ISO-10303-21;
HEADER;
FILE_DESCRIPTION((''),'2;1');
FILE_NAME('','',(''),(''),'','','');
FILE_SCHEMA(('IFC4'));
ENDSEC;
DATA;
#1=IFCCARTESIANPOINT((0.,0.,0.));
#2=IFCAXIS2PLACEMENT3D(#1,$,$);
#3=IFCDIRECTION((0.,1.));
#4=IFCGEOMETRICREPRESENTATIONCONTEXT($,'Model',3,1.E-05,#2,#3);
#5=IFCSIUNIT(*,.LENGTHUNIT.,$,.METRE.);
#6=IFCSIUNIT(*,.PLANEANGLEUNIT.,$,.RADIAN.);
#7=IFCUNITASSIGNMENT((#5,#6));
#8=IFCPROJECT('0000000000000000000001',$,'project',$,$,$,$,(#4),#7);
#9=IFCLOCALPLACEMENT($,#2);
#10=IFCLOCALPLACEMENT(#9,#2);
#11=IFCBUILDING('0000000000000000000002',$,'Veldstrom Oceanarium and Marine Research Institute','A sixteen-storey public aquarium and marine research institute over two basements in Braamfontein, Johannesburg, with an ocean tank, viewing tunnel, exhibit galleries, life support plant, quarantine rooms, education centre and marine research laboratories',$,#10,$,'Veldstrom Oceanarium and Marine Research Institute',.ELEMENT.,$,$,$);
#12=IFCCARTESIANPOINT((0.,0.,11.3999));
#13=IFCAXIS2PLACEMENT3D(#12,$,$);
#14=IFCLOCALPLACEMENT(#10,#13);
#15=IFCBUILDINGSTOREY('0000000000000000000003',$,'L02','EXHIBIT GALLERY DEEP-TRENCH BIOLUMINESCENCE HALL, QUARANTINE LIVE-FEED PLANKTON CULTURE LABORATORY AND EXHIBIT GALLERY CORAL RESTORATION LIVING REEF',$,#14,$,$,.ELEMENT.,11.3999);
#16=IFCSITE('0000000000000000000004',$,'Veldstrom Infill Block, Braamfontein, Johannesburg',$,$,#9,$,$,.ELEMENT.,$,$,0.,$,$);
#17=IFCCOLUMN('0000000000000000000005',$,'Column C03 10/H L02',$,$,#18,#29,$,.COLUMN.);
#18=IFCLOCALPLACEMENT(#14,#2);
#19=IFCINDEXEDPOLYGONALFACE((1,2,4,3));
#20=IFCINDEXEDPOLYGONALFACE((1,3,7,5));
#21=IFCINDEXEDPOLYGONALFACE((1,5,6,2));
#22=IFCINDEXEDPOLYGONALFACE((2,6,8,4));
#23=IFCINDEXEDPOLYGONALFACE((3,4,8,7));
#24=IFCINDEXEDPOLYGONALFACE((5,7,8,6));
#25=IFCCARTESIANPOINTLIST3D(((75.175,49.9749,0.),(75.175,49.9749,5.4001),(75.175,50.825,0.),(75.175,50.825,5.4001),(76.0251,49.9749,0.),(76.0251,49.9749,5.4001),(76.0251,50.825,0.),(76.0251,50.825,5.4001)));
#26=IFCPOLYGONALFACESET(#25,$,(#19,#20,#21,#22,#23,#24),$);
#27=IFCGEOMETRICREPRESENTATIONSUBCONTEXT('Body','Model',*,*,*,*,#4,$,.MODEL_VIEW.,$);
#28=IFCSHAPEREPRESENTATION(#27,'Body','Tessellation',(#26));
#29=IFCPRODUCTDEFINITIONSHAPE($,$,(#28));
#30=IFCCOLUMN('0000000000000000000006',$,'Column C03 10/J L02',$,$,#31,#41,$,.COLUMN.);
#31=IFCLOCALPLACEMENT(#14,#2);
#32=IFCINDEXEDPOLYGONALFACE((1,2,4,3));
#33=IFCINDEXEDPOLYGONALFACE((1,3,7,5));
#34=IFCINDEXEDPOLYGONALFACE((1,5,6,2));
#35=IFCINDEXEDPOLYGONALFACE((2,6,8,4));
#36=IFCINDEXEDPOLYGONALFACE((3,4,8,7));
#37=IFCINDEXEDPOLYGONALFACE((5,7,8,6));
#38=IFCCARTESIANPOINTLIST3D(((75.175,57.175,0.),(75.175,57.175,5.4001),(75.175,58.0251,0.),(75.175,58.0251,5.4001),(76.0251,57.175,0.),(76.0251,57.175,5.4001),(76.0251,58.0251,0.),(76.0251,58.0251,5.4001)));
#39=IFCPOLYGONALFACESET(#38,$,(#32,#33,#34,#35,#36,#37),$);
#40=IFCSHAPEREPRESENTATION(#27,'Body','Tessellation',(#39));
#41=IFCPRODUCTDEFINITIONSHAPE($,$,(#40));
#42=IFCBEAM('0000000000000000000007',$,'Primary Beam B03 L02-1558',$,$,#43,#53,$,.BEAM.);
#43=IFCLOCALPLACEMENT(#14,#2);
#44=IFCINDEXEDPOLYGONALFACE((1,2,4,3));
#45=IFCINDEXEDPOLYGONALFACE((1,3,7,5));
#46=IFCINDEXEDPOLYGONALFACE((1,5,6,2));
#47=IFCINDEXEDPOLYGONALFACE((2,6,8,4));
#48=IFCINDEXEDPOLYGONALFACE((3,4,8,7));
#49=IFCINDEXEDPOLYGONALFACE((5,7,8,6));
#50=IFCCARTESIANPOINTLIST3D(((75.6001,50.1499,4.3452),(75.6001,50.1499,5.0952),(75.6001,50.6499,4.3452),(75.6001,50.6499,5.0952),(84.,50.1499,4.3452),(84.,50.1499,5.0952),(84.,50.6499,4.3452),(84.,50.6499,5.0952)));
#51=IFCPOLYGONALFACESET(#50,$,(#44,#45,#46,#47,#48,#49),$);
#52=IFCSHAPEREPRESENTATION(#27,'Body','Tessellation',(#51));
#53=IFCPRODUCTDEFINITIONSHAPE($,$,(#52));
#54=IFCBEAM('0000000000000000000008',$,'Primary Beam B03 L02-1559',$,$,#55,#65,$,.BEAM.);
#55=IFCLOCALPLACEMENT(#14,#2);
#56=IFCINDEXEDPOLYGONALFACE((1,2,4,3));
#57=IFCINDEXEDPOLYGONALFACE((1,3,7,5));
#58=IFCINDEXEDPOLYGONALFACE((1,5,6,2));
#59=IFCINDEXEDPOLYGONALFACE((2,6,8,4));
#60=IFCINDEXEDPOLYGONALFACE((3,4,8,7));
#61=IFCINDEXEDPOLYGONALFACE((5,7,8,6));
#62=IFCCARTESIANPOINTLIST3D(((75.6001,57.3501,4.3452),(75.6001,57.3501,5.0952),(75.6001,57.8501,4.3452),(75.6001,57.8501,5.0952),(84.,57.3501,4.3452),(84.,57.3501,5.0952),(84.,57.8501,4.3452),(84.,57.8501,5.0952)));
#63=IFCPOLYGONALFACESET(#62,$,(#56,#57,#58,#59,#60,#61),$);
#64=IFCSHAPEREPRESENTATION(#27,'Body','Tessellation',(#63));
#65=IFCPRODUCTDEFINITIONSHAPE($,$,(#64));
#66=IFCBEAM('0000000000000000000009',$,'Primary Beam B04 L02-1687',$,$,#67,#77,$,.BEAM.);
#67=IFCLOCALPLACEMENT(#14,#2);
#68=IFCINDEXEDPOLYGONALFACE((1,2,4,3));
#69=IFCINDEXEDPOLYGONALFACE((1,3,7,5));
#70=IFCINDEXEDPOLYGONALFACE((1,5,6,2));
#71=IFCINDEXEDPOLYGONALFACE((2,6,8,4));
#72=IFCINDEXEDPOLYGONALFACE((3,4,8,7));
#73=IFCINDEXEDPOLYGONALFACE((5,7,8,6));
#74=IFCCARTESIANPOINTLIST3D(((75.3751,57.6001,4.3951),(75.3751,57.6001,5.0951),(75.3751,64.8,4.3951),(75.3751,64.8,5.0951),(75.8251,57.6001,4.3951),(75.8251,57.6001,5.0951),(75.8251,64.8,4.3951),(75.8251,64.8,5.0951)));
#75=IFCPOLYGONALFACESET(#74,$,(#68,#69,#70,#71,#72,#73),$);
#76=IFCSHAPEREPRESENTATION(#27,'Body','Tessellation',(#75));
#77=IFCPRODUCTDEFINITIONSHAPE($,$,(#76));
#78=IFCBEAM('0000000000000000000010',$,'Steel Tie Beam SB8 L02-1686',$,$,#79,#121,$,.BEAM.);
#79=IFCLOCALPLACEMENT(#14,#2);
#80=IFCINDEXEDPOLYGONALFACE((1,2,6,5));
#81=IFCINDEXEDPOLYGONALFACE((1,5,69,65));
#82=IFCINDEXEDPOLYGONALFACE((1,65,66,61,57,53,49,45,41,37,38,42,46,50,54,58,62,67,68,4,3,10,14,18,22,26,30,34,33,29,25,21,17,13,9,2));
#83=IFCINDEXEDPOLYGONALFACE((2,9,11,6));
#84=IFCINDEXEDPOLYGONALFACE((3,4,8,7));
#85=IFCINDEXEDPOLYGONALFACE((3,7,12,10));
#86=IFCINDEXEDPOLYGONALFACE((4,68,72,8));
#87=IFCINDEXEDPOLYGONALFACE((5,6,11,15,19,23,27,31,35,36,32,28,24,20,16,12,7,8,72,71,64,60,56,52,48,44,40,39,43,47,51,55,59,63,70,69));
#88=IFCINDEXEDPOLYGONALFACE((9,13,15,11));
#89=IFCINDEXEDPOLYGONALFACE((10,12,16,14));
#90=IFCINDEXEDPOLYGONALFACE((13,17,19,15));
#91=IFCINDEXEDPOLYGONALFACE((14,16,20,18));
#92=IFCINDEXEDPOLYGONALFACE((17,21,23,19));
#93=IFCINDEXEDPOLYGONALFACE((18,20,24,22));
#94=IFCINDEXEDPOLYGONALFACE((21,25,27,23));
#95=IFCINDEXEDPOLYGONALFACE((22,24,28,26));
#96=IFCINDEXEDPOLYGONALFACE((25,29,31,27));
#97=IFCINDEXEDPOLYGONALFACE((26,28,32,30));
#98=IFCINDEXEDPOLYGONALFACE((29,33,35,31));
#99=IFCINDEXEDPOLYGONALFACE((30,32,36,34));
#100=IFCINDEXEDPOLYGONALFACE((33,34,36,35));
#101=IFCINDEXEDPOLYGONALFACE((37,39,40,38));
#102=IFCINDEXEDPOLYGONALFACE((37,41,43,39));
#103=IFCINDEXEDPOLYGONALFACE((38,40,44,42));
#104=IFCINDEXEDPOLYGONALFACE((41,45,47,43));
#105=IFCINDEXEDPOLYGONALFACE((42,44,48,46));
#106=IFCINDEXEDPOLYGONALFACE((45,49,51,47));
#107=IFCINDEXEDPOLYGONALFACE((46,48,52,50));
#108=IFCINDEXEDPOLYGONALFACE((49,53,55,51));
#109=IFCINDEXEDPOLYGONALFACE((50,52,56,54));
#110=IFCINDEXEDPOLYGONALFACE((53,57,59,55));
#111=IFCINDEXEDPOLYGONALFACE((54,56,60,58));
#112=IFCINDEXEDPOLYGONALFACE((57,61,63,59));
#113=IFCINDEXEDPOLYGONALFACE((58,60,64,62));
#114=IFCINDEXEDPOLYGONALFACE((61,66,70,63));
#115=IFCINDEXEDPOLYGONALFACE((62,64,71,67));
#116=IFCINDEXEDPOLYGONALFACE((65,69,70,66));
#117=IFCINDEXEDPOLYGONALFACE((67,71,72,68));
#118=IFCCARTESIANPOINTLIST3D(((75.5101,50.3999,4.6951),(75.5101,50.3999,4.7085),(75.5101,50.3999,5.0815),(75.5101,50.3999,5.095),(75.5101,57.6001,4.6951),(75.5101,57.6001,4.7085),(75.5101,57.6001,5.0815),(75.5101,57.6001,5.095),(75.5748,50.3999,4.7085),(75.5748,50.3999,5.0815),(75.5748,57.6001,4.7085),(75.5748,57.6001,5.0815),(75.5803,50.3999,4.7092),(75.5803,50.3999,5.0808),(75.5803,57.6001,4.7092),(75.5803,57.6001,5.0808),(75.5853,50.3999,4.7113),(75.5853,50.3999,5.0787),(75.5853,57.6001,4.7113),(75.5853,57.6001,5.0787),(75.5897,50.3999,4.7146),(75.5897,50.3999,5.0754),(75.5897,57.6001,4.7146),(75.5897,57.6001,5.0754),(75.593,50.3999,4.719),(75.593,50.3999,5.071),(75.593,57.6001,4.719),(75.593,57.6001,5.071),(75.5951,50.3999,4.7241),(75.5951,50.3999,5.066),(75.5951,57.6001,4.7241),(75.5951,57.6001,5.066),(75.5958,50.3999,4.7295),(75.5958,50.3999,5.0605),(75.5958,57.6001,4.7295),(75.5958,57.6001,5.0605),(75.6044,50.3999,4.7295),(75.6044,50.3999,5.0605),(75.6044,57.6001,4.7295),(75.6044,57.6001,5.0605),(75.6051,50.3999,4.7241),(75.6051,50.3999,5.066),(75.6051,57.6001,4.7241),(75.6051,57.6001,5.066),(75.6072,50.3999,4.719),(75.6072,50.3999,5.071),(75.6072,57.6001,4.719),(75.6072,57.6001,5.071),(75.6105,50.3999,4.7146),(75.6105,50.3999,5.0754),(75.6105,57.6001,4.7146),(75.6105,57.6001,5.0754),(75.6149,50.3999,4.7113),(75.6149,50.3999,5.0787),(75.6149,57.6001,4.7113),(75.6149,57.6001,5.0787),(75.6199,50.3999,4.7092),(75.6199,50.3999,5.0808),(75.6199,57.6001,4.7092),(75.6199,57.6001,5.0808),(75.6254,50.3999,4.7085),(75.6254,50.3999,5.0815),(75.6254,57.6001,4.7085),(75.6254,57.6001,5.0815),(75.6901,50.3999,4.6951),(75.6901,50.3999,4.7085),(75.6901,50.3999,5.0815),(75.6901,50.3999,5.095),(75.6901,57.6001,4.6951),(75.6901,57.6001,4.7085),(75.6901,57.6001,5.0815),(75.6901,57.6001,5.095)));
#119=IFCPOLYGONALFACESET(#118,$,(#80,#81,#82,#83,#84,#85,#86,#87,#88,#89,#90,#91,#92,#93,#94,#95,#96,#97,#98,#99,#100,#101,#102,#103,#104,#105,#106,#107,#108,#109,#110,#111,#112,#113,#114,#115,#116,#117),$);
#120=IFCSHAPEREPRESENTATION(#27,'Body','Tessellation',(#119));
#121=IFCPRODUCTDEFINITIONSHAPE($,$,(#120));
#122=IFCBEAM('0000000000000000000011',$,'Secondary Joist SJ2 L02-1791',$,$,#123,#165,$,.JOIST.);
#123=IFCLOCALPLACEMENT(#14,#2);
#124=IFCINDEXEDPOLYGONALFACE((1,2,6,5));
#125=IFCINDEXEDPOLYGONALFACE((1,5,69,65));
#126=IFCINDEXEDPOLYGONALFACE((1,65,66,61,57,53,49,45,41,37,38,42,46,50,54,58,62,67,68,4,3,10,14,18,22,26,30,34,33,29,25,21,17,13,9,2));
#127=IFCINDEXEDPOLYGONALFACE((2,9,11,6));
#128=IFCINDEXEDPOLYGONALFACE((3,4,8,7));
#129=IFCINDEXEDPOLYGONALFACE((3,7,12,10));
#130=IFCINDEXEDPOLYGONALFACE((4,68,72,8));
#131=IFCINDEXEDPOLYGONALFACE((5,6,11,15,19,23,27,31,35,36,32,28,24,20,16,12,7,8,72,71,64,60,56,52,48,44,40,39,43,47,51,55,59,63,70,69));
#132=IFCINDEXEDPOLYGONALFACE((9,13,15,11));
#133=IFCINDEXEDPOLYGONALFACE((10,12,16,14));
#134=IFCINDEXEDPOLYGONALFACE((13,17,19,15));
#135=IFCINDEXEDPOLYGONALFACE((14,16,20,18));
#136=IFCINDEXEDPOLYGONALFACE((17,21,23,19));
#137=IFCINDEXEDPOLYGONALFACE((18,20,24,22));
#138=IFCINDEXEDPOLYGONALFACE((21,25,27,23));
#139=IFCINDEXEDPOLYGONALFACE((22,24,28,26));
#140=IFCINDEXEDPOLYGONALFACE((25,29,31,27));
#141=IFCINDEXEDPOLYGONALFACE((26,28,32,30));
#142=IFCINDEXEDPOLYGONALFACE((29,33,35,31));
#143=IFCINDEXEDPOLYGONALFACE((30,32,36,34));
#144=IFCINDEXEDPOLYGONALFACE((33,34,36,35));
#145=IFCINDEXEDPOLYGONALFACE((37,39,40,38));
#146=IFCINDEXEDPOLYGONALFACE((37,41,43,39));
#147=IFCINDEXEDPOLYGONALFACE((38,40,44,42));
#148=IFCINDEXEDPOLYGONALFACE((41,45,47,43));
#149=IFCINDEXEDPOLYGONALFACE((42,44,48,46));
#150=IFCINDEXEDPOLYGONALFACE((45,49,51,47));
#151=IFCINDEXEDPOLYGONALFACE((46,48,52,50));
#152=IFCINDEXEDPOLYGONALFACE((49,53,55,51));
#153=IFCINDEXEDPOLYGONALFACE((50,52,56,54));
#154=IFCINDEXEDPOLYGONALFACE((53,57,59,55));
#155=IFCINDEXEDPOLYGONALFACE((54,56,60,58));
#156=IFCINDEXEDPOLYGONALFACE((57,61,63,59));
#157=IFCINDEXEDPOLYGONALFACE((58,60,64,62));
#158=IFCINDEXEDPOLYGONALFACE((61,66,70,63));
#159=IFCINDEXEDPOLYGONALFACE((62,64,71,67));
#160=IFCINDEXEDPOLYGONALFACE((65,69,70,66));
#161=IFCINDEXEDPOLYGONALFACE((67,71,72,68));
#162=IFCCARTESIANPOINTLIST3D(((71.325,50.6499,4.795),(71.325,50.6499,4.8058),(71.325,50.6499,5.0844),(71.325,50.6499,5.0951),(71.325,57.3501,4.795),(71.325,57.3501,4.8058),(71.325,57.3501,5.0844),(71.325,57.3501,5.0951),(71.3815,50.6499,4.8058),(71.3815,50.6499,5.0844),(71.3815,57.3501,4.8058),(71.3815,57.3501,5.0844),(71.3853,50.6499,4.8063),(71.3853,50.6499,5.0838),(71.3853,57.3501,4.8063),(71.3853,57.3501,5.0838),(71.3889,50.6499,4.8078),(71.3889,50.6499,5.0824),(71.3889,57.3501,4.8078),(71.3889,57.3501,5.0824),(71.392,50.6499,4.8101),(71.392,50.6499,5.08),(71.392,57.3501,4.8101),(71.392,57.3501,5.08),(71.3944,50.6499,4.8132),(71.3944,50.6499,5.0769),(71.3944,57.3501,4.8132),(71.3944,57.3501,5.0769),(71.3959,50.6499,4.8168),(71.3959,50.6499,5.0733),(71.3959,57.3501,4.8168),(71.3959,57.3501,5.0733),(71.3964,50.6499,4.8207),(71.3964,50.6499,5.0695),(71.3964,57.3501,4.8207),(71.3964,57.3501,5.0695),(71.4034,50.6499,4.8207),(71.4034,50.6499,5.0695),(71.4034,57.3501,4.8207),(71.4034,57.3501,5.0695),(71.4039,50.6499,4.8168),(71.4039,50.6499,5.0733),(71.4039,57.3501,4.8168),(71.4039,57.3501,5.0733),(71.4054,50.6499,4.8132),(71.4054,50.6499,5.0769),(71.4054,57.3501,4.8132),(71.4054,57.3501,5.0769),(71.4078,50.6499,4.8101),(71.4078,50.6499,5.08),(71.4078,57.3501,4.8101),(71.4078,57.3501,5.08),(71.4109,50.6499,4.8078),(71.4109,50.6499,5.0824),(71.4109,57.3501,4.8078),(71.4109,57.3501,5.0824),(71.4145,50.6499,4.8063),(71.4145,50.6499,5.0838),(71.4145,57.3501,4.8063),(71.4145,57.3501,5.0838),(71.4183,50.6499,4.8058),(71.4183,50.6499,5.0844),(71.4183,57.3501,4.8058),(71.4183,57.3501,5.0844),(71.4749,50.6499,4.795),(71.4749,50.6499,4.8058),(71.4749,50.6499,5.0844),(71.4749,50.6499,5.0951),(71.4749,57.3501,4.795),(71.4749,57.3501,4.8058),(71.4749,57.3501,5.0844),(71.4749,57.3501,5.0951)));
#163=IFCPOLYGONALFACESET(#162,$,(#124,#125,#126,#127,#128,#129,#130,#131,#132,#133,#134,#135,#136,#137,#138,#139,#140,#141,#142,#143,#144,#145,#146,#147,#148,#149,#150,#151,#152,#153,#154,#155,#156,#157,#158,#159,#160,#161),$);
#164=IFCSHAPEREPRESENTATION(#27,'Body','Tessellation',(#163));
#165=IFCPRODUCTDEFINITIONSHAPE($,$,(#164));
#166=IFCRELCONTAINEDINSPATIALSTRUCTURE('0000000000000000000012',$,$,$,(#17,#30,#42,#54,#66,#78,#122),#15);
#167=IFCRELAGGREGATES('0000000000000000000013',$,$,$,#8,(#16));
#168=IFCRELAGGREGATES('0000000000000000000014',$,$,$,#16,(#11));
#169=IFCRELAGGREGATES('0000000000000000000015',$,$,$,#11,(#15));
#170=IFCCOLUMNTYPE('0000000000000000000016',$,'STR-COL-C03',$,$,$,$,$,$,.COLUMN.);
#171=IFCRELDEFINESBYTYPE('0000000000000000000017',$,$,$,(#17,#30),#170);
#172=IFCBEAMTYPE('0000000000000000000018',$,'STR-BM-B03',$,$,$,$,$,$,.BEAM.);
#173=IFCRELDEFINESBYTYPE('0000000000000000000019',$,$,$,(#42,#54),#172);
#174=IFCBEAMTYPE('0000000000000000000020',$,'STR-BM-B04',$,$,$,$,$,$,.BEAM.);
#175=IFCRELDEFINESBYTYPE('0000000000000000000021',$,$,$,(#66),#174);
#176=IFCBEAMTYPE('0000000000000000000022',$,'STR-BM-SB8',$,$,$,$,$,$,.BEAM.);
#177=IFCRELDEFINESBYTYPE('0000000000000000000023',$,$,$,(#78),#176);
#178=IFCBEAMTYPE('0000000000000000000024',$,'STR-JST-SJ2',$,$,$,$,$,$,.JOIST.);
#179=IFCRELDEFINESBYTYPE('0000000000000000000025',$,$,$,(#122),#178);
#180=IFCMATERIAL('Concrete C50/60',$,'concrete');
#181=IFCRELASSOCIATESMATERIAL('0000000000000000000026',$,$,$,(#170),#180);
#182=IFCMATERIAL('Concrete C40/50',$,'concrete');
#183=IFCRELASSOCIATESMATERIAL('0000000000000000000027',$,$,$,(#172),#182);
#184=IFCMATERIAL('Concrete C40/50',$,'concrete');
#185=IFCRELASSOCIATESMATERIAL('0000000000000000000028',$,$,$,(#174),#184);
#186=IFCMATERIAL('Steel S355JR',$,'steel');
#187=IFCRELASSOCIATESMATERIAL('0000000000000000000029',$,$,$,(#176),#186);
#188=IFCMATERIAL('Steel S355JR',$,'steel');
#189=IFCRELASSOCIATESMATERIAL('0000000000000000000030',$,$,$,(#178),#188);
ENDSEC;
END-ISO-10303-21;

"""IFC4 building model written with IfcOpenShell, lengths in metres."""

from ifc_helpers import new_model, si_unit, direction, frame, origin, origin_2d, place, context, subcontext, project, spatial, rectangle, i_section, extrude, material, material_profile, profile_set, type_object, element, save


model = new_model("IFC4")

# Units and contexts
model_context = context("Model", 3, precision=1e-05, world=origin(), true_north=direction((0.0, 1.0)))
body_context = subcontext(model_context, "Body", "Model", "MODEL_VIEW")
ifc_project = project(units=[si_unit("LENGTHUNIT", "METRE"), si_unit("PLANEANGLEUNIT", "RADIAN")], contexts=[model_context])

# Site, building, storey
site_placement = place(None, origin())
site = spatial("IfcSite", under=ifc_project, at=site_placement, Name="Veldstrom Infill Block, Braamfontein, Johannesburg", CompositionType="ELEMENT", RefElevation=0.0)
building_placement = place(site_placement, origin())
building = spatial("IfcBuilding", under=site, at=building_placement, Name="Veldstrom Oceanarium and Marine Research Institute", Description="A sixteen-storey public aquarium and marine research institute over two basements in Braamfontein, Johannesburg, with an ocean tank, viewing tunnel, exhibit galleries, life support plant, quarantine rooms, education centre and marine research laboratories", LongName="Veldstrom Oceanarium and Marine Research Institute", CompositionType="ELEMENT")
storey_placement = place(building_placement, frame((0.0, 0.0, 11.3999)))
storey = spatial("IfcBuildingStorey", under=building, at=storey_placement, Name="L02", Description="EXHIBIT GALLERY DEEP-TRENCH BIOLUMINESCENCE HALL, QUARANTINE LIVE-FEED PLANKTON CULTURE LABORATORY AND EXHIBIT GALLERY CORAL RESTORATION LIVING REEF", CompositionType="ELEMENT", Elevation=11.3999)

# Columns
ifc_material_1 = material(Name="Concrete C50/60", Category="concrete")
ifc_material_profile_1 = material_profile(ifc_material_1, rectangle(XDim=0.8501, YDim=0.8501, at=origin_2d()), Name="RC-COL-850x850")
ifc_profile_set_1 = profile_set([ifc_material_profile_1], Name="Concrete C50/60")
column_type = type_object("IfcColumnType", Name="STR-COL-C03", PredefinedType="COLUMN", material=ifc_profile_set_1)
for number, where, z_axis, x_axis, name in (
    (1, (75.6001, 50.3999, 0.0), (0.0, 0.0, 1.0), (1.0, 0.0, 0.0), "Column C03 10/H L02"),
    (2, (75.6001, 57.6001, 0.0), (0.0, 0.0, 1.0), (1.0, 0.0, 0.0), "Column C03 10/J L02"),
):
    element("IfcColumn", number, at=place(storey_placement, frame(where, z_axis=z_axis, x_axis=x_axis)), inside=storey, type_object=column_type, Name=name, PredefinedType="COLUMN", context=body_context, shape_type="SweptSolid", body=[
        extrude(rectangle(XDim=0.8501, YDim=0.8501, at=origin_2d()), origin(), (0.0, 0.0, 1.0), 5.4001),
    ])

# Beams
ifc_material_2 = material(Name="Concrete C40/50", Category="concrete")
ifc_material_profile_2 = material_profile(ifc_material_2, rectangle(XDim=0.5, YDim=0.75, at=origin_2d()), Name="RC-BM-500x750")
ifc_profile_set_2 = profile_set([ifc_material_profile_2], Name="Concrete C40/50")
beam_type_1 = type_object("IfcBeamType", Name="STR-BM-B03", PredefinedType="BEAM", material=ifc_profile_set_2)
for number, where, z_axis, x_axis, name in (
    (3, (75.6001, 50.3999, 4.7202), (1.0, 0.0, 0.0), (0.0, 1.0, 0.0), "Primary Beam B03 L02-1558"),
    (4, (75.6001, 57.6001, 4.7202), (1.0, 0.0, 0.0), (0.0, 1.0, 0.0), "Primary Beam B03 L02-1559"),
):
    element("IfcBeam", number, at=place(storey_placement, frame(where, z_axis=z_axis, x_axis=x_axis)), inside=storey, type_object=beam_type_1, Name=name, PredefinedType="BEAM", context=body_context, shape_type="SweptSolid", body=[
        extrude(rectangle(XDim=0.5, YDim=0.75, at=origin_2d()), origin(), (0.0, 0.0, 1.0), 8.3999),
    ])
ifc_material_3 = material(Name="Concrete C40/50", Category="concrete")
ifc_material_profile_3 = material_profile(ifc_material_3, rectangle(XDim=0.45, YDim=0.7, at=origin_2d()), Name="RC-BM-450x700")
ifc_profile_set_3 = profile_set([ifc_material_profile_3], Name="Concrete C40/50")
beam_type_2 = type_object("IfcBeamType", Name="STR-BM-B04", PredefinedType="BEAM", material=ifc_profile_set_3)
beam_1_placement = place(storey_placement, frame((75.6001, 57.6001, 4.7451), z_axis=(0.0, 1.0, 0.0), x_axis=(-1.0, 0.0, 0.0)))
element("IfcBeam", 5, at=beam_1_placement, inside=storey, type_object=beam_type_2, Name="Primary Beam B04 L02-1687", PredefinedType="BEAM", context=body_context, shape_type="SweptSolid", body=[
    extrude(rectangle(XDim=0.45, YDim=0.7, at=origin_2d()), origin(), (0.0, 0.0, 1.0), 7.2),
])
ifc_material_4 = material(Name="Steel S355JR", Category="steel")
ifc_material_profile_4 = material_profile(ifc_material_4, i_section(OverallWidth=0.1799, OverallDepth=0.3999, WebThickness=0.0085, FlangeThickness=0.0134, FilletRadius=0.021, at=origin_2d()), Name="IPE 400")
ifc_profile_set_4 = profile_set([ifc_material_profile_4], Name="Steel S355JR")
beam_type_3 = type_object("IfcBeamType", Name="STR-BM-SB8", PredefinedType="BEAM", material=ifc_profile_set_4)
beam_2_placement = place(storey_placement, frame((75.6001, 50.3999, 4.895), z_axis=(0.0, 1.0, 0.0), x_axis=(-1.0, 0.0, 0.0)))
element("IfcBeam", 6, at=beam_2_placement, inside=storey, type_object=beam_type_3, Name="Steel Tie Beam SB8 L02-1686", PredefinedType="BEAM", context=body_context, shape_type="SweptSolid", body=[
    extrude(i_section(OverallWidth=0.1799, OverallDepth=0.3999, WebThickness=0.0085, FlangeThickness=0.0134, FilletRadius=0.021, at=origin_2d()), origin(), (0.0, 0.0, 1.0), 7.2002),
])
ifc_material_5 = material(Name="Steel S355JR", Category="steel")
ifc_material_profile_5 = material_profile(ifc_material_5, i_section(OverallWidth=0.1499, OverallDepth=0.3, WebThickness=0.0071, FlangeThickness=0.0107, FilletRadius=0.0149, at=origin_2d()), Name="IPE 300")
ifc_profile_set_5 = profile_set([ifc_material_profile_5], Name="Steel S355JR")
beam_type_4 = type_object("IfcBeamType", Name="STR-JST-SJ2", PredefinedType="JOIST", material=ifc_profile_set_5)
beam_3_placement = place(storey_placement, frame((71.3999, 50.6499, 4.9451), z_axis=(0.0, 1.0, 0.0), x_axis=(-1.0, 0.0, 0.0)))
element("IfcBeam", 7, at=beam_3_placement, inside=storey, type_object=beam_type_4, Name="Secondary Joist SJ2 L02-1791", PredefinedType="JOIST", context=body_context, shape_type="SweptSolid", body=[
    extrude(i_section(OverallWidth=0.1499, OverallDepth=0.3, WebThickness=0.0071, FlangeThickness=0.0107, FilletRadius=0.0149, at=origin_2d()), origin(), (0.0, 0.0, 1.0), 6.7002),
])

save(model, "model.ifc")
